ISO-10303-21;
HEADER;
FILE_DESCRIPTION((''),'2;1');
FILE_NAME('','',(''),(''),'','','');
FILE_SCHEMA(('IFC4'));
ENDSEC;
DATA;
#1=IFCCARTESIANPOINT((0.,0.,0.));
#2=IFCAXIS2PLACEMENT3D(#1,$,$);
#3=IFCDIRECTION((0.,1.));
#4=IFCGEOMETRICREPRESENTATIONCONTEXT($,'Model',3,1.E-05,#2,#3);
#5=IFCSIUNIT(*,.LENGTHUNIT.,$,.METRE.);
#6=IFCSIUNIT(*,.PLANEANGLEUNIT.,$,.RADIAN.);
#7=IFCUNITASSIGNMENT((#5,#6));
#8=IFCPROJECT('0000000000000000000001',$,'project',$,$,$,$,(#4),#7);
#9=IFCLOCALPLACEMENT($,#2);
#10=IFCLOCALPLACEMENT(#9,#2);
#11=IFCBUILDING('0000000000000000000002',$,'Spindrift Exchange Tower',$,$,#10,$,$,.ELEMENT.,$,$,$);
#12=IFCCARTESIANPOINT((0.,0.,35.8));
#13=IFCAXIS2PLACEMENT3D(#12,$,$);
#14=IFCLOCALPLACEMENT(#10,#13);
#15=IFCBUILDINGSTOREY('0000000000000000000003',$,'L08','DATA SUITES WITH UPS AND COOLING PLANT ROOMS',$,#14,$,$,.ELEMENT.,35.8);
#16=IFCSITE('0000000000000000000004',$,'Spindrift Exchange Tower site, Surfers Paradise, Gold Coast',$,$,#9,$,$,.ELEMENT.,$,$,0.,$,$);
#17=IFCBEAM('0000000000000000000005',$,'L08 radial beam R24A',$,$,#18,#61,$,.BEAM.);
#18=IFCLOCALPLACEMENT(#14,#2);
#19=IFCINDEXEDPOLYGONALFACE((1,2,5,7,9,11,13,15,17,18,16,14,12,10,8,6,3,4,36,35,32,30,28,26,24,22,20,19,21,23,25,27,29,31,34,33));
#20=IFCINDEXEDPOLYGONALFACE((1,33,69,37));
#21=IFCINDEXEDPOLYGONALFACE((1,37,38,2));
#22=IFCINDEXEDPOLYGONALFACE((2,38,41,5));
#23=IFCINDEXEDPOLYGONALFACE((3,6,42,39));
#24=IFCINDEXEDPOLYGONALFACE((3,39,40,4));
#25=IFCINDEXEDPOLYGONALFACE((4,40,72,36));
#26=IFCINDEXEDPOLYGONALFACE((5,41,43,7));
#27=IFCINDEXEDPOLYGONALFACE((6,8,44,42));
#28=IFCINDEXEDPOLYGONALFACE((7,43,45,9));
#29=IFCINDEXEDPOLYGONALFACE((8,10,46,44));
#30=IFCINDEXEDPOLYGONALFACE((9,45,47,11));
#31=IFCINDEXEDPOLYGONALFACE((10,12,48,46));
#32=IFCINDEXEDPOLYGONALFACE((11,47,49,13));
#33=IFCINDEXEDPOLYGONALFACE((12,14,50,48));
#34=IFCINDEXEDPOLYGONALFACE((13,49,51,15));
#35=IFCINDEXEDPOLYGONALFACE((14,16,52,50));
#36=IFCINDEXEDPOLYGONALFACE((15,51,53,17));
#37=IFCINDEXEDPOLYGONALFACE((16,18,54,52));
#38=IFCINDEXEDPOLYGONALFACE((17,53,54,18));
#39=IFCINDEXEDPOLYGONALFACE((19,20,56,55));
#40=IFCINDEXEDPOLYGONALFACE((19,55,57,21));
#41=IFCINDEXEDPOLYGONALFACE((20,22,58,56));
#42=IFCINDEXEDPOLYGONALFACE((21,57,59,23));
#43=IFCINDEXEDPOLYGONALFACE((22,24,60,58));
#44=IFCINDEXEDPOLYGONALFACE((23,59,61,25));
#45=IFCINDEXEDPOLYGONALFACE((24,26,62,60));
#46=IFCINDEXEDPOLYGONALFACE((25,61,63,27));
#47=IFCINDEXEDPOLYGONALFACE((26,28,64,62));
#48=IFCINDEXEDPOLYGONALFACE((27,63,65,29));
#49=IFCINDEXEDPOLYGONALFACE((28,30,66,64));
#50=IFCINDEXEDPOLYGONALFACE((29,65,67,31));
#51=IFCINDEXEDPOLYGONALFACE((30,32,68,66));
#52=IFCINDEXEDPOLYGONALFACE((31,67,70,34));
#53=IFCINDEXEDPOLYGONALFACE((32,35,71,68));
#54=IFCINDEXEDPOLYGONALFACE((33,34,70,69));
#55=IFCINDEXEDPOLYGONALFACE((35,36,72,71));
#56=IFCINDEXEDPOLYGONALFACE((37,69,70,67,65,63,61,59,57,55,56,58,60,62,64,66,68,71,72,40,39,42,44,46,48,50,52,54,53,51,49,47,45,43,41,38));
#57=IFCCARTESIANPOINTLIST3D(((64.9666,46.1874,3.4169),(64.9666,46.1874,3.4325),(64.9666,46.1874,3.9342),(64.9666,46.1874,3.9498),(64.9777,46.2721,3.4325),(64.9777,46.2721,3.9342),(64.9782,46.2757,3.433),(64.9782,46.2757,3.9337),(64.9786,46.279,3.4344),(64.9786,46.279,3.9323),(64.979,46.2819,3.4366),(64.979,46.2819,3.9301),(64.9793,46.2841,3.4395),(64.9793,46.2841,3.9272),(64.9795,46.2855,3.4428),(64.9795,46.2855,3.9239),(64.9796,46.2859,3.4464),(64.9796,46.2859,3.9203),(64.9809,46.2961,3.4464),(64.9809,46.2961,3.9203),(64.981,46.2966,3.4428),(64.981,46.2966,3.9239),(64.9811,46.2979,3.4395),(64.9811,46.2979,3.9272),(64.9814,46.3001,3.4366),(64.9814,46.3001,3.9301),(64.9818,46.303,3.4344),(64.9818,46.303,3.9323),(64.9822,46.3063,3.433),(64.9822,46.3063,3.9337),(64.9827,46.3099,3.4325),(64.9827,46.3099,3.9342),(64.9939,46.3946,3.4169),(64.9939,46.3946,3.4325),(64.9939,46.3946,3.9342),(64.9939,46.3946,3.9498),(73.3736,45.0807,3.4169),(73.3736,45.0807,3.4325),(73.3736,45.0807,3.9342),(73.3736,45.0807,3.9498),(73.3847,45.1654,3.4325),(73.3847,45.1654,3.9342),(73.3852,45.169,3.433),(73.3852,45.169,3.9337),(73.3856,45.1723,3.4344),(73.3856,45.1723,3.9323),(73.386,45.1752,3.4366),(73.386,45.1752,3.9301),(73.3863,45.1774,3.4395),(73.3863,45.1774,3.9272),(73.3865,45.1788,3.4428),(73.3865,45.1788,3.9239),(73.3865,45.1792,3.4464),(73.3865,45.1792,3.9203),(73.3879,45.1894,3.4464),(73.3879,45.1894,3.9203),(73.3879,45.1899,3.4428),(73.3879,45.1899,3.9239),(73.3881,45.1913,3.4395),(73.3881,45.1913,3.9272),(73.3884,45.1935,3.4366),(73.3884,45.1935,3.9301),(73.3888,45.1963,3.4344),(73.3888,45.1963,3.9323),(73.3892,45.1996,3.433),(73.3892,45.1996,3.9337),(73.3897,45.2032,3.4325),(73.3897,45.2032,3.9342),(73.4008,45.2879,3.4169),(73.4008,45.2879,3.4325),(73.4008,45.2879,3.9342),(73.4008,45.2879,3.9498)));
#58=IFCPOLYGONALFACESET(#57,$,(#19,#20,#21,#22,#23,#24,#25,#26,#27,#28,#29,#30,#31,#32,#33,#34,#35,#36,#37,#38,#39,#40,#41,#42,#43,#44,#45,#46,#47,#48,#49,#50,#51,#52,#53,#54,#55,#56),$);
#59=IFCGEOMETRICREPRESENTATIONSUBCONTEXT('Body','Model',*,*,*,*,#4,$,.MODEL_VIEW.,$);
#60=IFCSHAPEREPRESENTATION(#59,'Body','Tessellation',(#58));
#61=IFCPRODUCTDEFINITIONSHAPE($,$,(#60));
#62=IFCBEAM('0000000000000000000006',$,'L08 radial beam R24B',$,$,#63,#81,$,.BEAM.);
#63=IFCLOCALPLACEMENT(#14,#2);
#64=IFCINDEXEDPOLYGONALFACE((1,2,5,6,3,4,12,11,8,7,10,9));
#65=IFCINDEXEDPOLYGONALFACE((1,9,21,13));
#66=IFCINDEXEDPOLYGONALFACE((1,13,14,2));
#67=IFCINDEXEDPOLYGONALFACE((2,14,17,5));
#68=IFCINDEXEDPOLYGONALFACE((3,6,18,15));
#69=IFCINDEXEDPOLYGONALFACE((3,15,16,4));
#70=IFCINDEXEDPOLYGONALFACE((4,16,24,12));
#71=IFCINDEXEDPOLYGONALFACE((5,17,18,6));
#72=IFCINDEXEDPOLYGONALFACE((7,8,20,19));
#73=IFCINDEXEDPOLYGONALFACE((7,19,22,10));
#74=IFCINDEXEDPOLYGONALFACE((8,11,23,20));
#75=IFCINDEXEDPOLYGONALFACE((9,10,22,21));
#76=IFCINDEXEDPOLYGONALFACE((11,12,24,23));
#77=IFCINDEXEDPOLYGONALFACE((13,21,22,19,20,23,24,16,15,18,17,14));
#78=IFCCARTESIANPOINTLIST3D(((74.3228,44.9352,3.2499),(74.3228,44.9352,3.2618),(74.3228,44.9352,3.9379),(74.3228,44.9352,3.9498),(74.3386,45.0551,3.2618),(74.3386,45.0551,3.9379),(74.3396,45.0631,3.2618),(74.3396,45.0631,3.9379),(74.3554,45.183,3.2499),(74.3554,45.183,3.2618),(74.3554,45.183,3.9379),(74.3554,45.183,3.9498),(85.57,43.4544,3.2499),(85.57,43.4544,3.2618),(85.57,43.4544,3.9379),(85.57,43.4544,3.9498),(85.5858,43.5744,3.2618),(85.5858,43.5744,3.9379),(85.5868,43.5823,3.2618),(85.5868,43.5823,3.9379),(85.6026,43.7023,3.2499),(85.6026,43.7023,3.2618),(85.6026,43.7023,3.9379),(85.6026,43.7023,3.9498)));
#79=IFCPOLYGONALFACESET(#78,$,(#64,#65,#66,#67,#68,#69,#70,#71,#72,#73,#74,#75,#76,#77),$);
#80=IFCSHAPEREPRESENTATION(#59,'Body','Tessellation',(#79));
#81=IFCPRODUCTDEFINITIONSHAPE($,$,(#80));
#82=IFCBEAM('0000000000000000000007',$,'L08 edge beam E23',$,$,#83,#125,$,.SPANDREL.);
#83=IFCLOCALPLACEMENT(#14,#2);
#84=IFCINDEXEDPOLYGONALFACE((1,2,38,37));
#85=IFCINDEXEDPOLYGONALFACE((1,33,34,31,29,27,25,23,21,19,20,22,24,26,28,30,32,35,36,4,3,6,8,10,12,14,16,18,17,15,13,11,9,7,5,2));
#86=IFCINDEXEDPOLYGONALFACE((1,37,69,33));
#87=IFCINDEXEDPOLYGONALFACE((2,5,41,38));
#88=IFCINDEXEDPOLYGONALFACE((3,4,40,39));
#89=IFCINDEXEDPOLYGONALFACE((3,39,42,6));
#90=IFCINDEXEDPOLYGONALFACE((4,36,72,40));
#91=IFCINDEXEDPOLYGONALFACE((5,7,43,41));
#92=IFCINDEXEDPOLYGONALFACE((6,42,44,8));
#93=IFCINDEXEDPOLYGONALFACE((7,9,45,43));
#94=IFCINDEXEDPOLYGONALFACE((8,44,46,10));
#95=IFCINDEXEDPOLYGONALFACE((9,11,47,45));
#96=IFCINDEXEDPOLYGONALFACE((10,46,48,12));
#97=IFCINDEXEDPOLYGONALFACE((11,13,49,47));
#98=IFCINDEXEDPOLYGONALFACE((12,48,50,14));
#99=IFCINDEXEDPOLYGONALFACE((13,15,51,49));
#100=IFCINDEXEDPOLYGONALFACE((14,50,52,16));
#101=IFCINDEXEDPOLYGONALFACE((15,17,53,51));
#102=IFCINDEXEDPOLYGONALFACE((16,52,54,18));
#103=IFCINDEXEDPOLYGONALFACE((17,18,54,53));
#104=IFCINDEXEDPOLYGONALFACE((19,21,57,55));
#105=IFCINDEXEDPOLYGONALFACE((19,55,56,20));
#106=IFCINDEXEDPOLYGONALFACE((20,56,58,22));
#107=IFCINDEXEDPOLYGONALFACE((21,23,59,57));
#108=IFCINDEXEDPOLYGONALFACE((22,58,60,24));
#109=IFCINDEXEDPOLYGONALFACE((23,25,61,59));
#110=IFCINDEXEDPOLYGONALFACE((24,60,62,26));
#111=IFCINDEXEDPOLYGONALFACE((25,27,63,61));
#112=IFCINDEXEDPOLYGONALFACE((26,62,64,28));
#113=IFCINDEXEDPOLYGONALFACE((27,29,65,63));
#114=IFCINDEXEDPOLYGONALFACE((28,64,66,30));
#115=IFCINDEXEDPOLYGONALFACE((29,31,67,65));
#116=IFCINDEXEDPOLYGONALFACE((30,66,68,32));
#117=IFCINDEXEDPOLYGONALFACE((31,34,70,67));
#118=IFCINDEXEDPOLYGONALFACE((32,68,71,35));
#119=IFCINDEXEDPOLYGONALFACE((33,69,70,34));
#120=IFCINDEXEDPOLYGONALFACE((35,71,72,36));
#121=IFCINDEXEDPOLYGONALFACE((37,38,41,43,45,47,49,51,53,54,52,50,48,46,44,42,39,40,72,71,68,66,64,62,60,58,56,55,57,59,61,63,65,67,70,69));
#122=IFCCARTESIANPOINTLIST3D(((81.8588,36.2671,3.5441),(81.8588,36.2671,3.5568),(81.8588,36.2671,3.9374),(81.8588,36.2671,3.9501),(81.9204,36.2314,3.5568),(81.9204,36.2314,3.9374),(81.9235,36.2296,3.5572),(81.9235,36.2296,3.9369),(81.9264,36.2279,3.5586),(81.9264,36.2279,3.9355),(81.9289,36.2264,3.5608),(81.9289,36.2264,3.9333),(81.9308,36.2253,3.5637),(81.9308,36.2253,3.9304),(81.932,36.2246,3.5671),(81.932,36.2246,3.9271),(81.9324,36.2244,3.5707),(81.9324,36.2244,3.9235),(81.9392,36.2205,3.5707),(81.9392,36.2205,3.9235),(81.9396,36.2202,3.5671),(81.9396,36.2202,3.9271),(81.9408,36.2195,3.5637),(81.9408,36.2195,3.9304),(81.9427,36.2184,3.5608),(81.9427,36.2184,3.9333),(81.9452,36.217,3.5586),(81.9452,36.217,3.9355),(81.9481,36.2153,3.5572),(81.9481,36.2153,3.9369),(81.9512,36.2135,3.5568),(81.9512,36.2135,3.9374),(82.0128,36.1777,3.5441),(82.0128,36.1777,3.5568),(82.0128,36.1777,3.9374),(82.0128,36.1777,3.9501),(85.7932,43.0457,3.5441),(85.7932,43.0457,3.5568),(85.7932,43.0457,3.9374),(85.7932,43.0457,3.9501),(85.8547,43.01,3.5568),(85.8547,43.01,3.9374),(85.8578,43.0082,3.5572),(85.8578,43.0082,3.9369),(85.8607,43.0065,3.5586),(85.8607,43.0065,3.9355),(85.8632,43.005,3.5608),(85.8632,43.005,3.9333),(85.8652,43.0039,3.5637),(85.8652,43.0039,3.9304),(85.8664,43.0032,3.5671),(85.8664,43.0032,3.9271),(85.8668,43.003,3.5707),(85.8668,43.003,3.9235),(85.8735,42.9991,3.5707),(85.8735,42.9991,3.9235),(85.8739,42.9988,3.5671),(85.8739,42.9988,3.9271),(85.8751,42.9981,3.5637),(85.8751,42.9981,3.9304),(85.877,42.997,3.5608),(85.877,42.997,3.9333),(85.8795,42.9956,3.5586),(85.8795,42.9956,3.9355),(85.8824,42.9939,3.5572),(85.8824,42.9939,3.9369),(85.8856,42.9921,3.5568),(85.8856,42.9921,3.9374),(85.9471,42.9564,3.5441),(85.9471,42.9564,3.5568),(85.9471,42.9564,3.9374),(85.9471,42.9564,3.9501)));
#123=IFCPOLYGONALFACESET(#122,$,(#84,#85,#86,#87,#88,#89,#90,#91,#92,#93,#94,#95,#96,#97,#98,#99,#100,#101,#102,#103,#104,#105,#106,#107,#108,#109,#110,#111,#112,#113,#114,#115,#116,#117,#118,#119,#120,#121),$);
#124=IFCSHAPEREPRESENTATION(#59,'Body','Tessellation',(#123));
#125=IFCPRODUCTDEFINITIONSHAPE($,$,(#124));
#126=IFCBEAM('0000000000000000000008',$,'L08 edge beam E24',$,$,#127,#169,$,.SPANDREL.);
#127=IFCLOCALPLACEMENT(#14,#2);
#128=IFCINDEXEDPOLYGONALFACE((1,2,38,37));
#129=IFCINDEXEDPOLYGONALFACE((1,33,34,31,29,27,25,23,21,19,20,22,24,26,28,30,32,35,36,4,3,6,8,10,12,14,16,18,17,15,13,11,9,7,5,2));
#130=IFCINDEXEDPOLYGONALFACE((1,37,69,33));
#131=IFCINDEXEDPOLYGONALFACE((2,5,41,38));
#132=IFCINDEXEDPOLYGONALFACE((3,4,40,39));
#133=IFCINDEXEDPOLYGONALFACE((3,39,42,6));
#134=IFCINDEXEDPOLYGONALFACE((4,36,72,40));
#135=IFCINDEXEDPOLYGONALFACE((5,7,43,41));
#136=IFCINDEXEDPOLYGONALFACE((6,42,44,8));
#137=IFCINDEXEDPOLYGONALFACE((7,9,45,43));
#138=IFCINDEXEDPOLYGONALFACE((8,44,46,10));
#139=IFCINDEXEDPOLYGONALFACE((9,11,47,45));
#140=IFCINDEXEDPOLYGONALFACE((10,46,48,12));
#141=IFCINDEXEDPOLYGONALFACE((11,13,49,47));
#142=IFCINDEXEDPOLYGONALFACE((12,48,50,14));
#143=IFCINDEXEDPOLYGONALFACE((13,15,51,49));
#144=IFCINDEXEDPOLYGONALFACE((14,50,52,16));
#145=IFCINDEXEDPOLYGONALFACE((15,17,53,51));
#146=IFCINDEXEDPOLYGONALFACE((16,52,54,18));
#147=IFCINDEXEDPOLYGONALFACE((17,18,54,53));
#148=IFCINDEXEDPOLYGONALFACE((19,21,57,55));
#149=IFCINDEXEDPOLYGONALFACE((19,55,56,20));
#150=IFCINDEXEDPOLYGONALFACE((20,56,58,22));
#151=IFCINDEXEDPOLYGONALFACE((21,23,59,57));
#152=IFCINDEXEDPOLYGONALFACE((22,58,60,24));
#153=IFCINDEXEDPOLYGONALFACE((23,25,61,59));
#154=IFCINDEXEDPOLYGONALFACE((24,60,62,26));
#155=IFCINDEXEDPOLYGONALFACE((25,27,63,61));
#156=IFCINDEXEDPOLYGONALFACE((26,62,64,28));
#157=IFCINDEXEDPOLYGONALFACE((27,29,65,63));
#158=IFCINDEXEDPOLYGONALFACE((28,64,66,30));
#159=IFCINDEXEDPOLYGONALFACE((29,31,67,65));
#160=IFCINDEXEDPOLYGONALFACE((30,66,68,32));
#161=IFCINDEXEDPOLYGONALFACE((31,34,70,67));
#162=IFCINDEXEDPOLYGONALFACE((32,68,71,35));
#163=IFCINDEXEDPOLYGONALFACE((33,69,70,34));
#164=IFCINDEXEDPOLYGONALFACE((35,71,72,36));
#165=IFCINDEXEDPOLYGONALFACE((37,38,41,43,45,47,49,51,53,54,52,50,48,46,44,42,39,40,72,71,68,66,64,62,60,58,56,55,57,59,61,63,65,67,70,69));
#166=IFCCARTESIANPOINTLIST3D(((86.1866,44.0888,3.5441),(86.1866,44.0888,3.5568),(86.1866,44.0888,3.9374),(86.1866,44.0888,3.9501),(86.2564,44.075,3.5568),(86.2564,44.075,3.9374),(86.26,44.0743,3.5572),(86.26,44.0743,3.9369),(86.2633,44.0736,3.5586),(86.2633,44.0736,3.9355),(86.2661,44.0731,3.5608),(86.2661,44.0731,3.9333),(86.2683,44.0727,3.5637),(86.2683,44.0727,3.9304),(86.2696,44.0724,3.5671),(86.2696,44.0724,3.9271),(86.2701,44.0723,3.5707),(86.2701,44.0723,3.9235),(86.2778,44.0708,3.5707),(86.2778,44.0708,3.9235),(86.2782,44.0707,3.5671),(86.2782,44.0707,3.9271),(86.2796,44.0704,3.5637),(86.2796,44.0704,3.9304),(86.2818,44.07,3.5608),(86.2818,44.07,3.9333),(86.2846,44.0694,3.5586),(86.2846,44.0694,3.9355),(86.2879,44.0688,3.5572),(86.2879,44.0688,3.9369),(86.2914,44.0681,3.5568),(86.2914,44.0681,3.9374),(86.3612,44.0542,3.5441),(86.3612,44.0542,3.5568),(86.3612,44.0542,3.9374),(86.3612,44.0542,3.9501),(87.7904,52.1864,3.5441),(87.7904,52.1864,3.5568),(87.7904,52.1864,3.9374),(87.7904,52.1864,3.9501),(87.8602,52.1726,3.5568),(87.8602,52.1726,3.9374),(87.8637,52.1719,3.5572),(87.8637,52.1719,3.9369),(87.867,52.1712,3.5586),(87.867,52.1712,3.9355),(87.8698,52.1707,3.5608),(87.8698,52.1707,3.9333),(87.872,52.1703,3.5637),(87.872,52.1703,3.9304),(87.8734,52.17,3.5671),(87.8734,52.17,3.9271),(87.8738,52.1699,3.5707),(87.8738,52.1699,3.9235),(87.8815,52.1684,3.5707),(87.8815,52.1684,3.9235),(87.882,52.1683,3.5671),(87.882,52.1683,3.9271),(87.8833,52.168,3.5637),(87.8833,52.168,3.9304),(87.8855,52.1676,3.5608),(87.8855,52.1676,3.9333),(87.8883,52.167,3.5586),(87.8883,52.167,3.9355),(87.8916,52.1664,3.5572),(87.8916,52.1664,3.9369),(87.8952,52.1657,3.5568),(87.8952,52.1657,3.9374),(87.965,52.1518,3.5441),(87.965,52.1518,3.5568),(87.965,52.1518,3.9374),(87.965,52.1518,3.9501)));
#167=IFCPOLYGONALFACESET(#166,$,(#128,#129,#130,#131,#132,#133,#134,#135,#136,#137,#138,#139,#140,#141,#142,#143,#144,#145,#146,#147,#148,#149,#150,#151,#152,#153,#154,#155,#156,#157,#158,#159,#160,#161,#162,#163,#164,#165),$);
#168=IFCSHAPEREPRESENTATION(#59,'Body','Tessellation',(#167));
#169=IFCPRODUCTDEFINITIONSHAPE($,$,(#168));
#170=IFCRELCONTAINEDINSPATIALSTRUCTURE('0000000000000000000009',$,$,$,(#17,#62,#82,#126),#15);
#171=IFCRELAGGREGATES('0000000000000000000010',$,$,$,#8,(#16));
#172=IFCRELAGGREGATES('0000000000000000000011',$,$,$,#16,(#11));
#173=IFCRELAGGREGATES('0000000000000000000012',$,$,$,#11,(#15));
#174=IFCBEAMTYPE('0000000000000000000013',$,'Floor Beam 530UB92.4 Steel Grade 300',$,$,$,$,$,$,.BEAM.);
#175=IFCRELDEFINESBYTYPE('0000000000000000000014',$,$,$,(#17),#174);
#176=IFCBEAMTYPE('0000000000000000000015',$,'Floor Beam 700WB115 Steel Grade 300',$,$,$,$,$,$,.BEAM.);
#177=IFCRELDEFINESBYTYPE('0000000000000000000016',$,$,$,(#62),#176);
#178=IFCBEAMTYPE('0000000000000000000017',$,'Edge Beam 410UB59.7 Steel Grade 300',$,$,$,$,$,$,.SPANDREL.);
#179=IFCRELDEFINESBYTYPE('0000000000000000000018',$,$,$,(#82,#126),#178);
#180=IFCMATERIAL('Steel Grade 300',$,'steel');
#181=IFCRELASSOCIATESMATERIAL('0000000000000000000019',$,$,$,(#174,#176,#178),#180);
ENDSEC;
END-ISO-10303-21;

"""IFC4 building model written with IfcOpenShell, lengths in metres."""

from ifc_helpers import new_model, si_unit, direction, frame, origin, origin_2d, place, context, subcontext, project, spatial, i_section, extrude, source, transform, mapped, material, material_profile, profile_set, type_object, element, save


model = new_model("IFC4")

# Units and contexts
model_context = context("Model", 3, precision=1e-05, world=origin(), true_north=direction((0.0, 1.0)))
body_context = subcontext(model_context, "Body", "Model", "MODEL_VIEW")
ifc_project = project(units=[si_unit("LENGTHUNIT", "METRE"), si_unit("PLANEANGLEUNIT", "RADIAN")], contexts=[model_context])

# Site, building, storey
site_placement = place(None, origin())
site = spatial("IfcSite", under=ifc_project, at=site_placement, Name="Spindrift Exchange Tower site, Surfers Paradise, Gold Coast", CompositionType="ELEMENT", RefElevation=0.0)
building_placement = place(site_placement, origin())
building = spatial("IfcBuilding", under=site, at=building_placement, Name="Spindrift Exchange Tower", CompositionType="ELEMENT")
storey_placement = place(building_placement, frame((0.0, 0.0, 35.8)))
storey = spatial("IfcBuildingStorey", under=building, at=storey_placement, Name="L08", Description="DATA SUITES WITH UPS AND COOLING PLANT ROOMS", CompositionType="ELEMENT", Elevation=35.8)

# Beams
ifc_material_1 = material(Name="Steel Grade 300", Category="steel")
ifc_material_profile_1 = material_profile(ifc_material_1, i_section(OverallWidth=0.209, OverallDepth=0.533, WebThickness=0.0103, FlangeThickness=0.0156, FilletRadius=0.0139, at=origin_2d()), Name="530UB92.4")
ifc_profile_set_1 = profile_set([ifc_material_profile_1], Name="Steel Grade 300")
beam_type_1 = type_object("IfcBeamType", Name="Floor Beam 530UB92.4 Steel Grade 300", PredefinedType="BEAM", material=ifc_profile_set_1)
shared_shape_1 = source(origin(), body_context, "Body", "SweptSolid", [
    extrude(i_section(OverallWidth=0.209, OverallDepth=0.533, WebThickness=0.0103, FlangeThickness=0.0156, FilletRadius=0.0139, at=origin_2d()), origin(), (0.0, 0.0, 1.0), 8.4795),
])
beam_1_placement = place(storey_placement, frame((64.9802, 46.291, 3.6833), z_axis=(0.991447, -0.130513, 0.0), x_axis=(0.130513, 0.991447, 0.0)))
element("IfcBeam", 1, at=beam_1_placement, inside=storey, type_object=beam_type_1, Name="L08 radial beam R24A", PredefinedType="BEAM", context=body_context, shape_type="MappedRepresentation", body=[
    mapped(shared_shape_1, transform((0.0, 0.0, 0.0), scale=1.0)),
])
ifc_material_profile_2 = material_profile(ifc_material_1, i_section(OverallWidth=0.25, OverallDepth=0.7, WebThickness=0.0081, FlangeThickness=0.012, at=origin_2d()), Name="700WB115")
ifc_profile_set_2 = profile_set([ifc_material_profile_2], Name="Steel Grade 300")
beam_type_2 = type_object("IfcBeamType", Name="Floor Beam 700WB115 Steel Grade 300", PredefinedType="BEAM", material=ifc_profile_set_2)
shared_shape_2 = source(origin(), body_context, "Body", "SweptSolid", [
    extrude(i_section(OverallWidth=0.25, OverallDepth=0.7, WebThickness=0.0081, FlangeThickness=0.012, at=origin_2d()), origin(), (0.0, 0.0, 1.0), 11.3442),
])
beam_2_placement = place(storey_placement, frame((74.3391, 45.0591, 3.5999), z_axis=(0.991445, -0.130527, 0.0), x_axis=(0.130527, 0.991445, 0.0)))
element("IfcBeam", 2, at=beam_2_placement, inside=storey, type_object=beam_type_2, Name="L08 radial beam R24B", PredefinedType="BEAM", context=body_context, shape_type="MappedRepresentation", body=[
    mapped(shared_shape_2, transform((0.0, 0.0, 0.0), scale=1.0)),
])
ifc_material_profile_3 = material_profile(ifc_material_1, i_section(OverallWidth=0.178, OverallDepth=0.406, WebThickness=0.0078, FlangeThickness=0.0127, FilletRadius=0.0139, at=origin_2d()), Name="410UB59.7")
ifc_profile_set_3 = profile_set([ifc_material_profile_3], Name="Steel Grade 300")
beam_type_3 = type_object("IfcBeamType", Name="Edge Beam 410UB59.7 Steel Grade 300", PredefinedType="SPANDREL", material=ifc_profile_set_3)
shared_shape_3 = source(origin(), body_context, "Body", "SweptSolid", [
    extrude(i_section(OverallWidth=0.178, OverallDepth=0.406, WebThickness=0.0078, FlangeThickness=0.0127, FilletRadius=0.0139, at=origin_2d()), origin(), (0.0, 0.0, 1.0), 7.8376),
])
beam_3_placement = place(storey_placement, frame((81.9358, 36.2224, 3.7471), z_axis=(0.501981, 0.864878, 0.0), x_axis=(-0.864878, 0.501981, 0.0)))
element("IfcBeam", 3, at=beam_3_placement, inside=storey, type_object=beam_type_3, Name="L08 edge beam E23", PredefinedType="SPANDREL", context=body_context, shape_type="MappedRepresentation", body=[
    mapped(shared_shape_3, transform((0.0, 0.0, 0.0), scale=1.0)),
])
shared_shape_4 = source(origin(), body_context, "Body", "SweptSolid", [
    extrude(i_section(OverallWidth=0.178, OverallDepth=0.406, WebThickness=0.0078, FlangeThickness=0.0127, FilletRadius=0.0139, at=origin_2d()), origin(), (0.0, 0.0, 1.0), 8.2549),
])
beam_4_placement = place(storey_placement, frame((86.2739, 44.0715, 3.7471), z_axis=(0.194279, 0.980946, 0.0), x_axis=(-0.980946, 0.194279, 0.0)))
element("IfcBeam", 4, at=beam_4_placement, inside=storey, type_object=beam_type_3, Name="L08 edge beam E24", PredefinedType="SPANDREL", context=body_context, shape_type="MappedRepresentation", body=[
    mapped(shared_shape_4, transform((0.0, 0.0, 0.0), scale=1.0)),
])

save(model, "model.ifc")
